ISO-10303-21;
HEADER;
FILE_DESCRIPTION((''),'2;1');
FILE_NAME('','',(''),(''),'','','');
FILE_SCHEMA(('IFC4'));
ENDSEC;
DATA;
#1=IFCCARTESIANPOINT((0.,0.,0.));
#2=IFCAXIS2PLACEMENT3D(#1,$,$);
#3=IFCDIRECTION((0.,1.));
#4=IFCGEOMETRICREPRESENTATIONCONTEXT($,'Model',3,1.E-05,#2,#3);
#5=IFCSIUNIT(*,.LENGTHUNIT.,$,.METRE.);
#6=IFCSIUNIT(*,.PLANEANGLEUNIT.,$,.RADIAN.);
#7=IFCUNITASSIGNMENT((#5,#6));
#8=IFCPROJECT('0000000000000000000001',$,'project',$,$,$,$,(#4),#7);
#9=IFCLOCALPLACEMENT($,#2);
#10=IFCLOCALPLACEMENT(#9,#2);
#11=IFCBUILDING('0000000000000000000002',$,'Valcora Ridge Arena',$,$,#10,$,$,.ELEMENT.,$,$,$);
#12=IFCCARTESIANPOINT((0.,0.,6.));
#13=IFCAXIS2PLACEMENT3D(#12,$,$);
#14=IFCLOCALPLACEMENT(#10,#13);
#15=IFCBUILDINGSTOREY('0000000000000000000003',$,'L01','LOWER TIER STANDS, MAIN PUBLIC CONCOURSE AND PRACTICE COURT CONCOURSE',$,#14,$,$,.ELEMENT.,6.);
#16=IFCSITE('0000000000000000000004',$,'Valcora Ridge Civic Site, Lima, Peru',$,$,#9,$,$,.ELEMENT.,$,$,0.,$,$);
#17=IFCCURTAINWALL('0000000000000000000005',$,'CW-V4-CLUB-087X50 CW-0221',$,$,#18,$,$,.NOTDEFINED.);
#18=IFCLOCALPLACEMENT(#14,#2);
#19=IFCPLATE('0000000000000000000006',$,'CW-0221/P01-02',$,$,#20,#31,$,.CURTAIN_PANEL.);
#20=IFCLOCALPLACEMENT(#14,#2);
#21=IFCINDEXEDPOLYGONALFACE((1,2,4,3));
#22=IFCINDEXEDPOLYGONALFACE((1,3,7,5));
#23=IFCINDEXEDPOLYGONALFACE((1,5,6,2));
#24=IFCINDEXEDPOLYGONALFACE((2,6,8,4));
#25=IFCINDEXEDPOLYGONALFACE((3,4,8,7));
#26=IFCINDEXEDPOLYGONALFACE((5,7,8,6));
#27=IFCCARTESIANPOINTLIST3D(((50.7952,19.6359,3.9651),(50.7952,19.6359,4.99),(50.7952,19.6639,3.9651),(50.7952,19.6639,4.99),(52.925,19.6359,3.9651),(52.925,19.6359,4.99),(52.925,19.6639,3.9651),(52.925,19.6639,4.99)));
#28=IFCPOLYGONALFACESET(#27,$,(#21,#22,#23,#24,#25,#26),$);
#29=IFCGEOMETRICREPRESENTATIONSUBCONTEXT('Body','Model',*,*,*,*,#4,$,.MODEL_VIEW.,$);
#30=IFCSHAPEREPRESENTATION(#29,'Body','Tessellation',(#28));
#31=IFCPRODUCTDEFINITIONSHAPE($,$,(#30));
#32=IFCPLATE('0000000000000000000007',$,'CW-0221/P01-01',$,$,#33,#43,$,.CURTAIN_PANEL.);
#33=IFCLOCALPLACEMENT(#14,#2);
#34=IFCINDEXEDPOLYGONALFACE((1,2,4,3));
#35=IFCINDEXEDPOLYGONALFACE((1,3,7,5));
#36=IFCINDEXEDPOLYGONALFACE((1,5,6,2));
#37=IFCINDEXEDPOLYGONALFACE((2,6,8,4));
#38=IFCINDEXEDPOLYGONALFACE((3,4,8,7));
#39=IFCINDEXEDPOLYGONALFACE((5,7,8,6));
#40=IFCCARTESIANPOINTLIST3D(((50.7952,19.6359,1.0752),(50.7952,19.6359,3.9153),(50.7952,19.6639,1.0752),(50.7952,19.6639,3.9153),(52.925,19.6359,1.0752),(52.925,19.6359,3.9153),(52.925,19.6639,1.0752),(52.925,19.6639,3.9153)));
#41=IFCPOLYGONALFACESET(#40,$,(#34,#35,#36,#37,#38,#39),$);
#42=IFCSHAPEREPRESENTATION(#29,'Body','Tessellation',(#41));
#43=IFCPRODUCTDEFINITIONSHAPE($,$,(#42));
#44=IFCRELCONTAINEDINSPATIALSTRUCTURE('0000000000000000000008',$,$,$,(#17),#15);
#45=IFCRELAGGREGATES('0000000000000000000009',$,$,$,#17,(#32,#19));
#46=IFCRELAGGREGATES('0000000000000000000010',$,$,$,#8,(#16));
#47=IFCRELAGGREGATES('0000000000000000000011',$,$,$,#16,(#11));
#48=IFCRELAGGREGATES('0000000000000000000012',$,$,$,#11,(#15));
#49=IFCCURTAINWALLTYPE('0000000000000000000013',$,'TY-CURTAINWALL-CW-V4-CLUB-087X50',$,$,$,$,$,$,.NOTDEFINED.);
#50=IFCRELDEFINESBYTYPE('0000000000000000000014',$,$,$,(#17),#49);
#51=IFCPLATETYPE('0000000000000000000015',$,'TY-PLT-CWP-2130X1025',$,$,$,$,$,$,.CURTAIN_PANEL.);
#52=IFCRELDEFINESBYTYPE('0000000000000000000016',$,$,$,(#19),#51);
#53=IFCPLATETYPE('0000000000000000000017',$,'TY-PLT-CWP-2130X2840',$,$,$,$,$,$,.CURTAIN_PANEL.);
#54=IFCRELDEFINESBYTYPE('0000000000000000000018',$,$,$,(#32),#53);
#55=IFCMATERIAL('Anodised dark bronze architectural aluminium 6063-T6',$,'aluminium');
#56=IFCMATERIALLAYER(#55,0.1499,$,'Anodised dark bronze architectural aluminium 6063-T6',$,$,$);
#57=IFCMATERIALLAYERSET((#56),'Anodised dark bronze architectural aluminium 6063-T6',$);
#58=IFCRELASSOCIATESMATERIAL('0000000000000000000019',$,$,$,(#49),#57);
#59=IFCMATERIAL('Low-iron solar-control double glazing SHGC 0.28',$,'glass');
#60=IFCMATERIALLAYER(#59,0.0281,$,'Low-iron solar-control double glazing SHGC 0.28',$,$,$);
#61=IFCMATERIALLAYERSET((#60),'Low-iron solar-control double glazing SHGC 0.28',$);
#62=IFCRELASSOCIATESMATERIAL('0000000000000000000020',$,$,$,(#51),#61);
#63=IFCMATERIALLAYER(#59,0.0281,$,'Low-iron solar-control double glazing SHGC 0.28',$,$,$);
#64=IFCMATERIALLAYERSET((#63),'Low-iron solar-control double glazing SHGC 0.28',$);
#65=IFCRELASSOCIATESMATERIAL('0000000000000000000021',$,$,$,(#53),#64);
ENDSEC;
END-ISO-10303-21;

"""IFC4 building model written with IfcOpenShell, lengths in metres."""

from ifc_helpers import new_model, si_unit, direction, frame, origin, origin_2d, place, context, subcontext, project, spatial, rectangle, extrude, material, layer, layer_set, type_object, element, aggregate, save


model = new_model("IFC4")

# Units and contexts
model_context = context("Model", 3, precision=1e-05, world=origin(), true_north=direction((0.0, 1.0)))
body_context = subcontext(model_context, "Body", "Model", "MODEL_VIEW")
ifc_project = project(units=[si_unit("LENGTHUNIT", "METRE"), si_unit("PLANEANGLEUNIT", "RADIAN")], contexts=[model_context])

# Site, building, storey
site_placement = place(None, origin())
site = spatial("IfcSite", under=ifc_project, at=site_placement, Name="Valcora Ridge Civic Site, Lima, Peru", CompositionType="ELEMENT", RefElevation=0.0)
building_placement = place(site_placement, origin())
building = spatial("IfcBuilding", under=site, at=building_placement, Name="Valcora Ridge Arena", CompositionType="ELEMENT")
storey_placement = place(building_placement, frame((0.0, 0.0, 6.0)))
storey = spatial("IfcBuildingStorey", under=building, at=storey_placement, Name="L01", Description="LOWER TIER STANDS, MAIN PUBLIC CONCOURSE AND PRACTICE COURT CONCOURSE", CompositionType="ELEMENT", Elevation=6.0)

# Shared definitions
ifc_material_1 = material(Name="Anodised dark bronze architectural aluminium 6063-T6", Category="aluminium")
ifc_material_2 = material(Name="Low-iron solar-control double glazing SHGC 0.28", Category="glass")

# Curtain wall, plates
ifc_layer_1 = layer(ifc_material_1, 0.1499, Name="Anodised dark bronze architectural aluminium 6063-T6")
ifc_layer_set_1 = layer_set([ifc_layer_1], Name="Anodised dark bronze architectural aluminium 6063-T6")
curtain_wall_type_1 = type_object("IfcCurtainWallType", Name="TY-CURTAINWALL-CW-V4-CLUB-087X50", PredefinedType="NOTDEFINED", material=ifc_layer_set_1)
curtain_wall_1_placement = place(storey_placement, origin())
curtain_wall_1 = element("IfcCurtainWall", 1, at=curtain_wall_1_placement, inside=storey, type_object=curtain_wall_type_1, Name="CW-V4-CLUB-087X50 CW-0221", PredefinedType="NOTDEFINED")
ifc_layer_2 = layer(ifc_material_2, 0.0281, Name="Low-iron solar-control double glazing SHGC 0.28")
ifc_layer_set_2 = layer_set([ifc_layer_2], Name="Low-iron solar-control double glazing SHGC 0.28")
plate_type_1 = type_object("IfcPlateType", Name="TY-PLT-CWP-2130X1025", PredefinedType="CURTAIN_PANEL", material=ifc_layer_set_2)
plate_1_placement = place(storey_placement, frame((51.8601, 19.6499, 3.9651), z_axis=(0.0, 0.0, 1.0), x_axis=(1.0, 0.0, 0.0)))
plate_1 = element("IfcPlate", 2, at=plate_1_placement, type_object=plate_type_1, Name="CW-0221/P01-02", PredefinedType="CURTAIN_PANEL", context=body_context, shape_type="SweptSolid", body=[
    extrude(rectangle(XDim=2.1299, YDim=0.0281, at=origin_2d()), origin(), (0.0, 0.0, 1.0), 1.0249),
])
ifc_layer_3 = layer(ifc_material_2, 0.0281, Name="Low-iron solar-control double glazing SHGC 0.28")
ifc_layer_set_3 = layer_set([ifc_layer_3], Name="Low-iron solar-control double glazing SHGC 0.28")
plate_type_2 = type_object("IfcPlateType", Name="TY-PLT-CWP-2130X2840", PredefinedType="CURTAIN_PANEL", material=ifc_layer_set_3)
plate_2_placement = place(storey_placement, frame((51.8601, 19.6499, 1.0752), z_axis=(0.0, 0.0, 1.0), x_axis=(1.0, 0.0, 0.0)))
plate_2 = element("IfcPlate", 3, at=plate_2_placement, type_object=plate_type_2, Name="CW-0221/P01-01", PredefinedType="CURTAIN_PANEL", context=body_context, shape_type="SweptSolid", body=[
    extrude(rectangle(XDim=2.1299, YDim=0.0281, at=origin_2d()), origin(), (0.0, 0.0, 1.0), 2.8401),
])
aggregate(curtain_wall_1, [plate_2, plate_1])

save(model, "model.ifc")
